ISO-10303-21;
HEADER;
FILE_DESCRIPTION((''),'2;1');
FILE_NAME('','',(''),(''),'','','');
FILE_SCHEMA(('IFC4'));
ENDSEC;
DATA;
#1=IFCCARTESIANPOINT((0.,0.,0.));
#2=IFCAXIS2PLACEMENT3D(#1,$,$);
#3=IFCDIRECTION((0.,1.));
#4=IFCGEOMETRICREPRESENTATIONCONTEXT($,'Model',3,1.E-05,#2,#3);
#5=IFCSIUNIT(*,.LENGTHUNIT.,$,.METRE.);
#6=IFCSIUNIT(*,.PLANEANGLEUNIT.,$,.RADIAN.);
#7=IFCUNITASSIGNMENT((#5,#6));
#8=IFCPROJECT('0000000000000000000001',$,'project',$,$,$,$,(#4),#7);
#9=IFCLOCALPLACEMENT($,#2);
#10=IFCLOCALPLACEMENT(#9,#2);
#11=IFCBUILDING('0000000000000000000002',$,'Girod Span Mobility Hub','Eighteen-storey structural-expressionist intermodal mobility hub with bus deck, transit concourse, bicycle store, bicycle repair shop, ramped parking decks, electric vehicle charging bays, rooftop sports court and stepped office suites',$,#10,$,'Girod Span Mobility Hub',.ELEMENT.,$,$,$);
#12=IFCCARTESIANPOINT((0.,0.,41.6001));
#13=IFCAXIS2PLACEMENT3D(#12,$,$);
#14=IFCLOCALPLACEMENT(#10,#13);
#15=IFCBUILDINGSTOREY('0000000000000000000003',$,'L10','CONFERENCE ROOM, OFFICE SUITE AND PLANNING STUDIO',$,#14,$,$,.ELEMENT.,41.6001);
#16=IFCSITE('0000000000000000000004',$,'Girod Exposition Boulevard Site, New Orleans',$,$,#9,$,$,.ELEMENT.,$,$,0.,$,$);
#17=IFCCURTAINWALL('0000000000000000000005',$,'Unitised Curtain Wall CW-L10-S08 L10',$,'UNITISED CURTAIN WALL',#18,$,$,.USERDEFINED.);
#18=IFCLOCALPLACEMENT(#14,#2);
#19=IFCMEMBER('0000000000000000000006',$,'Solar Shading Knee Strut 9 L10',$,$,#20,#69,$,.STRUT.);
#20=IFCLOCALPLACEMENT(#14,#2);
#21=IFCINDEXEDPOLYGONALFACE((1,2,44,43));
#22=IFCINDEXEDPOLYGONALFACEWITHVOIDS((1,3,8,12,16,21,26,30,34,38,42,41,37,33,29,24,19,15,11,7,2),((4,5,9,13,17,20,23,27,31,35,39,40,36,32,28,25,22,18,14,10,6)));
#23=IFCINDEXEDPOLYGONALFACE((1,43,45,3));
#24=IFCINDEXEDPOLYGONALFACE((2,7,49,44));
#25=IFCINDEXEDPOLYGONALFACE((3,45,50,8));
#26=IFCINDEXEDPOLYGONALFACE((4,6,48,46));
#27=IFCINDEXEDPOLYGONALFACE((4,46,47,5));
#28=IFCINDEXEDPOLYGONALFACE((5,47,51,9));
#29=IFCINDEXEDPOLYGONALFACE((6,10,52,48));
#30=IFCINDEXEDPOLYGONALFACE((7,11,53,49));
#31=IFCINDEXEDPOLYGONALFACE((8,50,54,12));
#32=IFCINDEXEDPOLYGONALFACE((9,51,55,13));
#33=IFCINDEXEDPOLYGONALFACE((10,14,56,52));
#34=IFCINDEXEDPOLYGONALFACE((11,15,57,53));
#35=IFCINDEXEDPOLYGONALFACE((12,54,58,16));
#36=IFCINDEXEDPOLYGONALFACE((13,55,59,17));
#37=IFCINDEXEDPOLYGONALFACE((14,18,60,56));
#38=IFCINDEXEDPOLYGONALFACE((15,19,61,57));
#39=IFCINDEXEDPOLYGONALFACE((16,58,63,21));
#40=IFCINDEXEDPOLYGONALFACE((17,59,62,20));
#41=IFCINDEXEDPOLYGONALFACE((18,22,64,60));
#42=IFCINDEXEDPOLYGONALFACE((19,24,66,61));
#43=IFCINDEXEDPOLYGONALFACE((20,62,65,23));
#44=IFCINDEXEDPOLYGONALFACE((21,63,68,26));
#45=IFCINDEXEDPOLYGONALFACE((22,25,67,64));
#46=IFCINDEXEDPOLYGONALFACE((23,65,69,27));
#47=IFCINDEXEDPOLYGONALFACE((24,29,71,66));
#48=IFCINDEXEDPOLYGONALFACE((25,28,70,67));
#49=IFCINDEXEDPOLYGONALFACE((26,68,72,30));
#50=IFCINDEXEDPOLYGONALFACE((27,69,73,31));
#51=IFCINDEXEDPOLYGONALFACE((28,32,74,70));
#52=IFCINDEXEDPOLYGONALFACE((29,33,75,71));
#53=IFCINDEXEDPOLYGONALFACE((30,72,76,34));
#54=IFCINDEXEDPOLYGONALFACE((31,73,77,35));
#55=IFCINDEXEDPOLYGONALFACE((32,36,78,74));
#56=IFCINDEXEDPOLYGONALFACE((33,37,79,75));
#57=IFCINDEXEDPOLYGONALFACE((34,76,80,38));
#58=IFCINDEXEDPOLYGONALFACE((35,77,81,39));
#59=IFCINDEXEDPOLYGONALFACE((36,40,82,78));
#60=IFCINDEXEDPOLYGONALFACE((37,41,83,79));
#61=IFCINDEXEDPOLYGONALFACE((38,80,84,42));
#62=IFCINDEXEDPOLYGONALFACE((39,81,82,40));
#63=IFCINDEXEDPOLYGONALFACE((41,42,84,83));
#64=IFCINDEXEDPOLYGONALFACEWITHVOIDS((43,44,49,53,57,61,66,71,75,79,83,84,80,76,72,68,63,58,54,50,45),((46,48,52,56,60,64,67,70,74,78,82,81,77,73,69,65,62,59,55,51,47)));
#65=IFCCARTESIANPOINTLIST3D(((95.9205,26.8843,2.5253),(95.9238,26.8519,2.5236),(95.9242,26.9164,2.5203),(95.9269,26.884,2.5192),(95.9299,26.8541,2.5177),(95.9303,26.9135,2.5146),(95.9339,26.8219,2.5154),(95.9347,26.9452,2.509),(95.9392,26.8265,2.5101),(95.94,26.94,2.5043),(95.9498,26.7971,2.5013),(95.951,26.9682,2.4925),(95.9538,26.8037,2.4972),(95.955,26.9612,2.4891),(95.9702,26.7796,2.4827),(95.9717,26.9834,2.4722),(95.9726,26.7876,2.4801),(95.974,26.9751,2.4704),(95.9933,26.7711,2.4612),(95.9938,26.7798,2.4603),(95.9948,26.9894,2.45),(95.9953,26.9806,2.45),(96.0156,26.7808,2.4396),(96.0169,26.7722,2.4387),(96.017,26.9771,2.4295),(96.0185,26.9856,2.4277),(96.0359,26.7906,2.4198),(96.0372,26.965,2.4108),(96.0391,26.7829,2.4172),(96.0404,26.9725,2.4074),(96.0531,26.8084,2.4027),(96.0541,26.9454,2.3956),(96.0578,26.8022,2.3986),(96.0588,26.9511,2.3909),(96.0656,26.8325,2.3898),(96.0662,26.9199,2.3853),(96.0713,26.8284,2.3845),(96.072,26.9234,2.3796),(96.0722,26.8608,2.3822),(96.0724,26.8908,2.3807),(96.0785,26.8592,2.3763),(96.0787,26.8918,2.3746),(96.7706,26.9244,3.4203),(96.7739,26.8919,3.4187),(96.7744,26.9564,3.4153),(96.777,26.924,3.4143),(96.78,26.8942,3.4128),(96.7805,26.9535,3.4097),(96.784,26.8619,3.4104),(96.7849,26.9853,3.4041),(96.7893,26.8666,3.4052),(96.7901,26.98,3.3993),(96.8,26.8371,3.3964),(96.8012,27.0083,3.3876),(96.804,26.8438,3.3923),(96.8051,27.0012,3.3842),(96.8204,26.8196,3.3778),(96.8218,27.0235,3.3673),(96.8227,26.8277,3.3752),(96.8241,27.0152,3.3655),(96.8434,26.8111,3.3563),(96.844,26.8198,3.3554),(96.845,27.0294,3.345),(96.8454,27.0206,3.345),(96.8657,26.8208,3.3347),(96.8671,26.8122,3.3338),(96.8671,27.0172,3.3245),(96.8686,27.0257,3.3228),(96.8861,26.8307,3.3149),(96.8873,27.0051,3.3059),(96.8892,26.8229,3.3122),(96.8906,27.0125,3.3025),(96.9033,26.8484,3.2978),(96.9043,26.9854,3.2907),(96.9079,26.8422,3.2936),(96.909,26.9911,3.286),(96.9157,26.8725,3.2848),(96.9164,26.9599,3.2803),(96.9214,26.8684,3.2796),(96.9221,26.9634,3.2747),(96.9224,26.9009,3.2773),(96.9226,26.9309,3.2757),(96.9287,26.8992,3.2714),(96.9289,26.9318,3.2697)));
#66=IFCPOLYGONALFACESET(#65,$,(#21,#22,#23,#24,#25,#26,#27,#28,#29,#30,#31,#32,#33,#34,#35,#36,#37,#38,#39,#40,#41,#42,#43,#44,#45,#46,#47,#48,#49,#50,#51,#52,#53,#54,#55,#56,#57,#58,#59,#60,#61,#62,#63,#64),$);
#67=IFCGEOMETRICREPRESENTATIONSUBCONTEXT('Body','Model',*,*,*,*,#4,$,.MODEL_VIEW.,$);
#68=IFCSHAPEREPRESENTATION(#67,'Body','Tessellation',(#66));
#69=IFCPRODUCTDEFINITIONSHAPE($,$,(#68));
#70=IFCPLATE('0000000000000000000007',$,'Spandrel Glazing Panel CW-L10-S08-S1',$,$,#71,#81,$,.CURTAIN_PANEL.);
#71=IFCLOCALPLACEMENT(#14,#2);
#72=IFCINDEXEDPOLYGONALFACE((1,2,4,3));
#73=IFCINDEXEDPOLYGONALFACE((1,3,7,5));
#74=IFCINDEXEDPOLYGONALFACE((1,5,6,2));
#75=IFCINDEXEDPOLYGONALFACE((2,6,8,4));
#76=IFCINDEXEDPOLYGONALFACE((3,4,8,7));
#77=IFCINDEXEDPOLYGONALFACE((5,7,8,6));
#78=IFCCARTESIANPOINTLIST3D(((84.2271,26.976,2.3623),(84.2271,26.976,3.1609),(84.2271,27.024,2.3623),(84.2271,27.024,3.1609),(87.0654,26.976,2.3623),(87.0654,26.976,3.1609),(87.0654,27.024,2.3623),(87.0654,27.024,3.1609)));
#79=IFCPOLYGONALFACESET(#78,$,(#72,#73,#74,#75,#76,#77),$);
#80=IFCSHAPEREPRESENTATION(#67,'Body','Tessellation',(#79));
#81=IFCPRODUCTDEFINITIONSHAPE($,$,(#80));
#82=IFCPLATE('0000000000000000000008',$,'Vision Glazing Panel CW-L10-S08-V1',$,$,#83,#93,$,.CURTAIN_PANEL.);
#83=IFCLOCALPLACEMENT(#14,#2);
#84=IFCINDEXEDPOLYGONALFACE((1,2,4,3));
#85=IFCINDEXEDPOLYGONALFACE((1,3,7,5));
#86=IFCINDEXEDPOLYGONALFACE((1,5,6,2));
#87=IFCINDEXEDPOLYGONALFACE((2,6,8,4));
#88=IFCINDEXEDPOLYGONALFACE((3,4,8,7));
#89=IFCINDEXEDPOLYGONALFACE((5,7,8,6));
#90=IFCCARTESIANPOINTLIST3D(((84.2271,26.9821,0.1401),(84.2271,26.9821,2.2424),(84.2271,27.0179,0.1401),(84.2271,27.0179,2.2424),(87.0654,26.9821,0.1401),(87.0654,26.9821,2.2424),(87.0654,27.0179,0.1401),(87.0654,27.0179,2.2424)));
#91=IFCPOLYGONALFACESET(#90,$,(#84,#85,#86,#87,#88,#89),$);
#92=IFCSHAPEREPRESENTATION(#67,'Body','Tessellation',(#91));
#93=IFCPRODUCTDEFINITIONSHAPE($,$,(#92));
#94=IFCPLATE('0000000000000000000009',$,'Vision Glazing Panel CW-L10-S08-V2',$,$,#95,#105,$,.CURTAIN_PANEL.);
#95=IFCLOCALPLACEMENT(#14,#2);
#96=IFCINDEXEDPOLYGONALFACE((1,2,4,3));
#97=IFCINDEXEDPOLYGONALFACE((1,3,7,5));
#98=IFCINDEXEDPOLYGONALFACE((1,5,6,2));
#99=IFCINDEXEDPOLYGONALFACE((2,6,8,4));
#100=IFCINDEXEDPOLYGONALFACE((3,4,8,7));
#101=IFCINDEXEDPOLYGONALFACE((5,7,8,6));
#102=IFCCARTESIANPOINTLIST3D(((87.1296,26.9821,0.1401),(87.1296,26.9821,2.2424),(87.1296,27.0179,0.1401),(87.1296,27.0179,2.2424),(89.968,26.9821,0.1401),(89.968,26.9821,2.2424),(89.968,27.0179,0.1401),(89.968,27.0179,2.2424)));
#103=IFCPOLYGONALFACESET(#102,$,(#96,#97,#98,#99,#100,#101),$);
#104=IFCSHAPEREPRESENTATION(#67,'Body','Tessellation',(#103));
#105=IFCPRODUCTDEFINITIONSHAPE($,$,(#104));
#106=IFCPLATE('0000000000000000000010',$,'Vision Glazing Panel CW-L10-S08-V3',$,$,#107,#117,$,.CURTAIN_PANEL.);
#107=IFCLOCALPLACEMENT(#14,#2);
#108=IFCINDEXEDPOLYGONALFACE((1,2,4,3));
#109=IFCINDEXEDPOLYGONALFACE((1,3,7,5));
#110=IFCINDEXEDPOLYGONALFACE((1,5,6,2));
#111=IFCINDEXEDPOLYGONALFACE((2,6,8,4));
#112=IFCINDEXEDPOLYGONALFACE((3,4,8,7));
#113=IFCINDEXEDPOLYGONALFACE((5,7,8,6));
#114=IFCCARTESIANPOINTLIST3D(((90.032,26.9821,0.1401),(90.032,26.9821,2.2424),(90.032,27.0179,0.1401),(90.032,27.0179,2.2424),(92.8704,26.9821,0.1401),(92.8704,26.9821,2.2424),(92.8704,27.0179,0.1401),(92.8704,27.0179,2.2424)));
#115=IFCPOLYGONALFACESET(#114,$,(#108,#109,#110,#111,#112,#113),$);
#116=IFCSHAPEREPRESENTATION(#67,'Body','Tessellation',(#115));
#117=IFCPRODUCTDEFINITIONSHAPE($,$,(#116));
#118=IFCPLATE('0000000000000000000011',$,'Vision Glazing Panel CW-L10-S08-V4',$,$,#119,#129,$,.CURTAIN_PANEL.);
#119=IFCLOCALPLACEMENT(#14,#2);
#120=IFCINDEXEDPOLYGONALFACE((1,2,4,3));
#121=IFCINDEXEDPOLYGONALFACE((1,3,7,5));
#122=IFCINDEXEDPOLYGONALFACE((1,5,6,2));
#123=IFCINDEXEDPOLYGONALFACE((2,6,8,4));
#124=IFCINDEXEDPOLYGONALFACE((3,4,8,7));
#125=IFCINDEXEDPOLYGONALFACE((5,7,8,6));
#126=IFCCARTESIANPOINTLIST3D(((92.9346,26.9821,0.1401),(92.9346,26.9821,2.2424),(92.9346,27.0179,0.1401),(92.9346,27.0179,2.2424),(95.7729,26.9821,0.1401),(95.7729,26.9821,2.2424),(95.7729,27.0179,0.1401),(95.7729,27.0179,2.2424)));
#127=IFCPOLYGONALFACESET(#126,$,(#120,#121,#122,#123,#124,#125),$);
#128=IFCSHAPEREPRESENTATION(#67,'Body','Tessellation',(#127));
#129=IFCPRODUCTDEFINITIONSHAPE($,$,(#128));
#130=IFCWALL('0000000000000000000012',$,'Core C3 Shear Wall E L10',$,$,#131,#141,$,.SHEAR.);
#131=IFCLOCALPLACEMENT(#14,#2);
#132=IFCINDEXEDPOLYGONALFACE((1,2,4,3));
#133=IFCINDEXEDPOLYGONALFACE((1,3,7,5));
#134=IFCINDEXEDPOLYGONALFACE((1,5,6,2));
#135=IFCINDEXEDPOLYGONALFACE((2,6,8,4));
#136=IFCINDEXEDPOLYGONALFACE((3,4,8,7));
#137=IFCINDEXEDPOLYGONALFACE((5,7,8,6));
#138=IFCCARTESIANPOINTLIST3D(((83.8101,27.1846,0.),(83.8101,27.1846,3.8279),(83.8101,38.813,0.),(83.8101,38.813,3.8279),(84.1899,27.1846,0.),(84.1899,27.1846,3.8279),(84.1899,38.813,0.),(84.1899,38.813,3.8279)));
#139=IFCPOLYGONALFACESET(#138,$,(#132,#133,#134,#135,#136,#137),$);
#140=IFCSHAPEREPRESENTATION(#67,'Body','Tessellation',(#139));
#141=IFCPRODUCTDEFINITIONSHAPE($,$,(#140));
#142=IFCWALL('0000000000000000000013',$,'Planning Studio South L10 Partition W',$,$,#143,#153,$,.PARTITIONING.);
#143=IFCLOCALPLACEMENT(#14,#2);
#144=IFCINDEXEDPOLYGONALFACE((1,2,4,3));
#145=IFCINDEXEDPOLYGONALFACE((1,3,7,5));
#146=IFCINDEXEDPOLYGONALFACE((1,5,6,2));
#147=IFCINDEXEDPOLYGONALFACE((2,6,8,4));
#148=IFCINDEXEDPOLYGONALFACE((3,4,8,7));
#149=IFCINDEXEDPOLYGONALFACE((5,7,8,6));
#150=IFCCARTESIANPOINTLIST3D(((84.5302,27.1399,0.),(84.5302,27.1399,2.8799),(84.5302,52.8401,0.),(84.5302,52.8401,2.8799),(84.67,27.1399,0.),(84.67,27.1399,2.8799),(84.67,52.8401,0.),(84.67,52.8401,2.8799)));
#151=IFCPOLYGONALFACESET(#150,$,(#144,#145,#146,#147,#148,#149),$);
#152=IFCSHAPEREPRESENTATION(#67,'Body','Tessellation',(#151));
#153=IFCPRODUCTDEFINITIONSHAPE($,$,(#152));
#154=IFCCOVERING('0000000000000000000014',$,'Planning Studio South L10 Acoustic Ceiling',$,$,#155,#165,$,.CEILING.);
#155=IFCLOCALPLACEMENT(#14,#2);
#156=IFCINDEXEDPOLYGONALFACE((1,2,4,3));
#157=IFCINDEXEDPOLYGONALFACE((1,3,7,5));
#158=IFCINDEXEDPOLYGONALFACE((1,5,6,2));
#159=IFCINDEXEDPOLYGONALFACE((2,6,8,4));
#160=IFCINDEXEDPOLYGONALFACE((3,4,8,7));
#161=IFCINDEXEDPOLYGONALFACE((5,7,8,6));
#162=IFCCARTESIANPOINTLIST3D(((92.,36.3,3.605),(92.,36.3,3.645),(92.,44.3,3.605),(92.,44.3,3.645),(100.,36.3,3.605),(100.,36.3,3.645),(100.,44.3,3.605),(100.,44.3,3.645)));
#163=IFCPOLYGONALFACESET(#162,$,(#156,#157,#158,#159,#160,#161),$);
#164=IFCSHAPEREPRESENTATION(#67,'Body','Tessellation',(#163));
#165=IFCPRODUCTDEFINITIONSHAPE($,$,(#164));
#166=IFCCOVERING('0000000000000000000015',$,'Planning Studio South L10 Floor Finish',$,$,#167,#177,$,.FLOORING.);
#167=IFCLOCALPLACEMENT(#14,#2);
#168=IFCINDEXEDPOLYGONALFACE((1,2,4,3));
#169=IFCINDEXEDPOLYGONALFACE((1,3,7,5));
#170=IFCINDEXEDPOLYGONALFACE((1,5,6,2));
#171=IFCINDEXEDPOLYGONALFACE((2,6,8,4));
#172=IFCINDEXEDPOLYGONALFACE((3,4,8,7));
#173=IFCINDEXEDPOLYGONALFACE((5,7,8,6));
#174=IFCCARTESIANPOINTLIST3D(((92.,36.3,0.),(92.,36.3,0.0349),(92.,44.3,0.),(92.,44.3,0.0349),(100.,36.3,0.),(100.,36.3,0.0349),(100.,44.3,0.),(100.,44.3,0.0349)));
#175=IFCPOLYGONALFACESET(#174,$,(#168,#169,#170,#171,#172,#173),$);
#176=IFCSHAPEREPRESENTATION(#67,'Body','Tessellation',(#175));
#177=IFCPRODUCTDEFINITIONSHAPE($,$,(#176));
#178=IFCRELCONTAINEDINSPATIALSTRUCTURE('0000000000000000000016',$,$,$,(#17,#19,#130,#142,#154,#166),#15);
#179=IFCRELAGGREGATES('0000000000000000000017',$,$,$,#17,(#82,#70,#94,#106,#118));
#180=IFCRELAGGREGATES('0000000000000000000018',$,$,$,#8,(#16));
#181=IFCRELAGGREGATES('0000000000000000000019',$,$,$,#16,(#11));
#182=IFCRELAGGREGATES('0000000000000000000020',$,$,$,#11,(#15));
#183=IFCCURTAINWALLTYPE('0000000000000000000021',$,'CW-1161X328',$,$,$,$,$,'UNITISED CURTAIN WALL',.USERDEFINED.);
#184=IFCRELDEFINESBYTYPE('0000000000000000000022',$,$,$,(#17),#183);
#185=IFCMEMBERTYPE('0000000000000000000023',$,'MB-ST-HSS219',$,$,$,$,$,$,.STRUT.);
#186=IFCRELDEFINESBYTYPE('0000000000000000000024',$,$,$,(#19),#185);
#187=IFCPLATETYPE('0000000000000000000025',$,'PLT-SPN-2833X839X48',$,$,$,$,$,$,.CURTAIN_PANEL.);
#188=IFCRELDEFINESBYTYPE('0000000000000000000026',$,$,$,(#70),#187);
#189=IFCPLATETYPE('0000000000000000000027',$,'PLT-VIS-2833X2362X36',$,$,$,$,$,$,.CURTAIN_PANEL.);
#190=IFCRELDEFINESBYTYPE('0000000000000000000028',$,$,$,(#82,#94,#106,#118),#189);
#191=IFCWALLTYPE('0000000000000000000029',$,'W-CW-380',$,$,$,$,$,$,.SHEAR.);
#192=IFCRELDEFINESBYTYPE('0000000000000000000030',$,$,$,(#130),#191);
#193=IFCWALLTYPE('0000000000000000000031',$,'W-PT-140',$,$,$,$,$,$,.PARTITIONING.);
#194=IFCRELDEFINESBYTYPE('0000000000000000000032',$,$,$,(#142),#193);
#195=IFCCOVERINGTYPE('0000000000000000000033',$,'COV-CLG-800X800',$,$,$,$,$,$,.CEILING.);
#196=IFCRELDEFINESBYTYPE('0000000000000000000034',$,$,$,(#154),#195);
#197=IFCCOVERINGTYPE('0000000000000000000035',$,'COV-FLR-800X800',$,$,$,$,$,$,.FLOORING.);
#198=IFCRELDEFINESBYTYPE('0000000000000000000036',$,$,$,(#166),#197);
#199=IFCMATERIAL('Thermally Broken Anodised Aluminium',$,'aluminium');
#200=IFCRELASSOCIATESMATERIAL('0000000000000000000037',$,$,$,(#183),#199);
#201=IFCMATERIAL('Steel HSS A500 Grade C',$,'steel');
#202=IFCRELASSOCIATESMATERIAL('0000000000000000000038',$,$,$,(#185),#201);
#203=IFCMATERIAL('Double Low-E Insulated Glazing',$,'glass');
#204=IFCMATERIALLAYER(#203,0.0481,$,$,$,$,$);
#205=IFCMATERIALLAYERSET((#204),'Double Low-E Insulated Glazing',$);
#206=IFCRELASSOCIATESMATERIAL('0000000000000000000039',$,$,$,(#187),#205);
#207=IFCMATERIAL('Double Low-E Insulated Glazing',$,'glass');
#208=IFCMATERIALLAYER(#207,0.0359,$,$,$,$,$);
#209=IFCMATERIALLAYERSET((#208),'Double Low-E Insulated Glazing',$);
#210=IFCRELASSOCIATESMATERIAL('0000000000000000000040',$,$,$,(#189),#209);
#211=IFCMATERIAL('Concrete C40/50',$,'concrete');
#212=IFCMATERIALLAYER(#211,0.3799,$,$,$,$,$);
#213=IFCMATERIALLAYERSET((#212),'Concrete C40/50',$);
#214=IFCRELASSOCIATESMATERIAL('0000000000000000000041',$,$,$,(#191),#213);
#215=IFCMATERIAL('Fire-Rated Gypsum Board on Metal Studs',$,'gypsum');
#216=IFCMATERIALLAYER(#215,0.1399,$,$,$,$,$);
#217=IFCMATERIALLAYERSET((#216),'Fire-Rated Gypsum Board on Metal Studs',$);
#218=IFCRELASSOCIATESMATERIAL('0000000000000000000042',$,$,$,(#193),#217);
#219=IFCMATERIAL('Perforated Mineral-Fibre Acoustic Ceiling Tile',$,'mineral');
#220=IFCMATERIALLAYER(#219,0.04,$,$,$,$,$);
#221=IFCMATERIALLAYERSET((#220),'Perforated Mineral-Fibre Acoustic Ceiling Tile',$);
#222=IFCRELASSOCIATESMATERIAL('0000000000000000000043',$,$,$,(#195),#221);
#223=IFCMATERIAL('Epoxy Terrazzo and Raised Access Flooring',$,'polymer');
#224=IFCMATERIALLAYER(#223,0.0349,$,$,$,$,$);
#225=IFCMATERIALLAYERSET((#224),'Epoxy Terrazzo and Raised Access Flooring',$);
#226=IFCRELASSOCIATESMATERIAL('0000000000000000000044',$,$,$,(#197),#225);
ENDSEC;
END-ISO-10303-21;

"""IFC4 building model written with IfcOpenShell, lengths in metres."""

from ifc_helpers import new_model, si_unit, direction, frame, frame_2d, origin, origin_2d, place, context, subcontext, project, spatial, rectangle, hollow_circle, extrude, material, layer, layer_set, material_profile, profile_set, type_object, element, aggregate, save


model = new_model("IFC4")

# Units and contexts
model_context = context("Model", 3, precision=1e-05, world=origin(), true_north=direction((0.0, 1.0)))
body_context = subcontext(model_context, "Body", "Model", "MODEL_VIEW")
ifc_project = project(units=[si_unit("LENGTHUNIT", "METRE"), si_unit("PLANEANGLEUNIT", "RADIAN")], contexts=[model_context])

# Site, building, storey
site_placement = place(None, origin())
site = spatial("IfcSite", under=ifc_project, at=site_placement, Name="Girod Exposition Boulevard Site, New Orleans", CompositionType="ELEMENT", RefElevation=0.0)
building_placement = place(site_placement, origin())
building = spatial("IfcBuilding", under=site, at=building_placement, Name="Girod Span Mobility Hub", Description="Eighteen-storey structural-expressionist intermodal mobility hub with bus deck, transit concourse, bicycle store, bicycle repair shop, ramped parking decks, electric vehicle charging bays, rooftop sports court and stepped office suites", LongName="Girod Span Mobility Hub", CompositionType="ELEMENT")
storey_placement = place(building_placement, frame((0.0, 0.0, 41.6001)))
storey = spatial("IfcBuildingStorey", under=building, at=storey_placement, Name="L10", Description="CONFERENCE ROOM, OFFICE SUITE AND PLANNING STUDIO", CompositionType="ELEMENT", Elevation=41.6001)

# Curtain wall
ifc_material_1 = material(Name="Thermally Broken Anodised Aluminium", Category="aluminium")
curtain_wall_type = type_object("IfcCurtainWallType", Name="CW-1161X328", ElementType="UNITISED CURTAIN WALL", PredefinedType="USERDEFINED", material=ifc_material_1)
curtain_wall_placement = place(storey_placement, origin())
curtain_wall = element("IfcCurtainWall", 1, at=curtain_wall_placement, inside=storey, type_object=curtain_wall_type, Name="Unitised Curtain Wall CW-L10-S08 L10", ObjectType="UNITISED CURTAIN WALL", PredefinedType="USERDEFINED")

# Member
ifc_material_2 = material(Name="Steel HSS A500 Grade C", Category="steel")
ifc_material_profile_1 = material_profile(ifc_material_2, hollow_circle(Radius=0.1096, WallThickness=0.0088, at=origin_2d()), Name="HSS219X9.5")
ifc_profile_set_1 = profile_set([ifc_material_profile_1], Name="Steel HSS A500 Grade C")
member_type_1 = type_object("IfcMemberType", Name="MB-ST-HSS219", PredefinedType="STRUT", material=ifc_profile_set_1)
for number, where, z_axis, x_axis, name in (
    (2, (96.0, 26.8799, 2.45), (0.688315, 0.032419, 0.724687), (-0.047047, 0.998893, 0.0), "Solar Shading Knee Strut 9 L10"),
):
    element("IfcMember", number, at=place(storey_placement, frame(where, z_axis=z_axis, x_axis=x_axis)), inside=storey, type_object=member_type_1, Name=name, PredefinedType="STRUT", context=body_context, shape_type="SweptSolid", body=[
        extrude(hollow_circle(Radius=0.1096, WallThickness=0.0088, at=origin_2d()), origin(), (0.0, 0.0, 1.0), 1.2351),
    ])

# Plates
ifc_material_3 = material(Name="Double Low-E Insulated Glazing", Category="glass")
ifc_layer_1 = layer(ifc_material_3, 0.0481)
ifc_layer_set_1 = layer_set([ifc_layer_1], Name="Double Low-E Insulated Glazing")
plate_type_1 = type_object("IfcPlateType", Name="PLT-SPN-2833X839X48", PredefinedType="CURTAIN_PANEL", material=ifc_layer_set_1)
plate_1_placement = place(storey_placement, frame((85.6462, 27.0, 2.3623), z_axis=(0.0, 0.0, 1.0), x_axis=(1.0, 0.0, 0.0)))
plate_1 = element("IfcPlate", 3, at=plate_1_placement, type_object=plate_type_1, Name="Spandrel Glazing Panel CW-L10-S08-S1", PredefinedType="CURTAIN_PANEL", context=body_context, shape_type="SweptSolid", body=[
    extrude(rectangle(XDim=2.8384, YDim=0.0481, at=origin_2d()), origin(), (0.0, 0.0, 1.0), 0.7986),
])
ifc_material_4 = material(Name="Double Low-E Insulated Glazing", Category="glass")
ifc_layer_2 = layer(ifc_material_4, 0.0359)
ifc_layer_set_2 = layer_set([ifc_layer_2], Name="Double Low-E Insulated Glazing")
plate_type_2 = type_object("IfcPlateType", Name="PLT-VIS-2833X2362X36", PredefinedType="CURTAIN_PANEL", material=ifc_layer_set_2)
plate_2_placement = place(storey_placement, frame((85.6462, 27.0, 0.1401), z_axis=(0.0, 0.0, 1.0), x_axis=(1.0, 0.0, 0.0)))
plate_2 = element("IfcPlate", 4, at=plate_2_placement, type_object=plate_type_2, Name="Vision Glazing Panel CW-L10-S08-V1", PredefinedType="CURTAIN_PANEL", context=body_context, shape_type="SweptSolid", body=[
    extrude(rectangle(XDim=2.8384, YDim=0.0359, at=origin_2d()), origin(), (0.0, 0.0, 1.0), 2.1023),
])
plate_3_placement = place(storey_placement, frame((88.5488, 27.0, 0.1401), z_axis=(0.0, 0.0, 1.0), x_axis=(1.0, 0.0, 0.0)))
plate_3 = element("IfcPlate", 5, at=plate_3_placement, type_object=plate_type_2, Name="Vision Glazing Panel CW-L10-S08-V2", PredefinedType="CURTAIN_PANEL", context=body_context, shape_type="SweptSolid", body=[
    extrude(rectangle(XDim=2.8384, YDim=0.0359, at=origin_2d()), origin(), (0.0, 0.0, 1.0), 2.1023),
])
plate_4_placement = place(storey_placement, frame((91.4512, 27.0, 0.1401), z_axis=(0.0, 0.0, 1.0), x_axis=(1.0, 0.0, 0.0)))
plate_4 = element("IfcPlate", 6, at=plate_4_placement, type_object=plate_type_2, Name="Vision Glazing Panel CW-L10-S08-V3", PredefinedType="CURTAIN_PANEL", context=body_context, shape_type="SweptSolid", body=[
    extrude(rectangle(XDim=2.8384, YDim=0.0359, at=origin_2d()), origin(), (0.0, 0.0, 1.0), 2.1023),
])
plate_5_placement = place(storey_placement, frame((94.3538, 27.0, 0.1401), z_axis=(0.0, 0.0, 1.0), x_axis=(1.0, 0.0, 0.0)))
plate_5 = element("IfcPlate", 7, at=plate_5_placement, type_object=plate_type_2, Name="Vision Glazing Panel CW-L10-S08-V4", PredefinedType="CURTAIN_PANEL", context=body_context, shape_type="SweptSolid", body=[
    extrude(rectangle(XDim=2.8384, YDim=0.0359, at=origin_2d()), origin(), (0.0, 0.0, 1.0), 2.1023),
])
aggregate(curtain_wall, [plate_2, plate_1, plate_3, plate_4, plate_5])

# Walls
ifc_material_5 = material(Name="Concrete C40/50", Category="concrete")
ifc_layer_3 = layer(ifc_material_5, 0.3799)
ifc_layer_set_3 = layer_set([ifc_layer_3], Name="Concrete C40/50")
wall_type_1 = type_object("IfcWallType", Name="W-CW-380", PredefinedType="SHEAR", material=ifc_layer_set_3)
wall_1_placement = place(storey_placement, frame((84.0, 27.1846, 0.0), z_axis=(0.0, 0.0, 1.0), x_axis=(0.0, 1.0, 0.0)))
element("IfcWall", 8, at=wall_1_placement, inside=storey, type_object=wall_type_1, Name="Core C3 Shear Wall E L10", PredefinedType="SHEAR", context=body_context, shape_type="SweptSolid", body=[
    extrude(rectangle(XDim=11.6284, YDim=0.3799, at=frame_2d((5.8142, 0.0))), origin(), (0.0, 0.0, 1.0), 3.8279),
])
ifc_material_6 = material(Name="Fire-Rated Gypsum Board on Metal Studs", Category="gypsum")
ifc_layer_4 = layer(ifc_material_6, 0.1399)
ifc_layer_set_4 = layer_set([ifc_layer_4], Name="Fire-Rated Gypsum Board on Metal Studs")
wall_type_2 = type_object("IfcWallType", Name="W-PT-140", PredefinedType="PARTITIONING", material=ifc_layer_set_4)
wall_2_placement = place(storey_placement, frame((84.6001, 27.1399, 0.0), z_axis=(0.0, 0.0, 1.0), x_axis=(0.0, 1.0, 0.0)))
element("IfcWall", 9, at=wall_2_placement, inside=storey, type_object=wall_type_2, Name="Planning Studio South L10 Partition W", PredefinedType="PARTITIONING", context=body_context, shape_type="SweptSolid", body=[
    extrude(rectangle(XDim=25.7002, YDim=0.1399, at=frame_2d((12.8501, 0.0))), origin(), (0.0, 0.0, 1.0), 2.8799),
])

# Coverings
ifc_material_7 = material(Name="Perforated Mineral-Fibre Acoustic Ceiling Tile", Category="mineral")
ifc_layer_5 = layer(ifc_material_7, 0.04)
ifc_layer_set_5 = layer_set([ifc_layer_5], Name="Perforated Mineral-Fibre Acoustic Ceiling Tile")
covering_type_1 = type_object("IfcCoveringType", Name="COV-CLG-800X800", PredefinedType="CEILING", material=ifc_layer_set_5)
covering_1_placement = place(storey_placement, frame((96.0, 40.3, 3.605), z_axis=(0.0, 0.0, 1.0), x_axis=(1.0, 0.0, 0.0)))
element("IfcCovering", 10, at=covering_1_placement, inside=storey, type_object=covering_type_1, Name="Planning Studio South L10 Acoustic Ceiling", PredefinedType="CEILING", context=body_context, shape_type="SweptSolid", body=[
    extrude(rectangle(XDim=8.0, YDim=8.0, at=origin_2d()), origin(), (0.0, 0.0, 1.0), 0.04),
])
ifc_material_8 = material(Name="Epoxy Terrazzo and Raised Access Flooring", Category="polymer")
ifc_layer_6 = layer(ifc_material_8, 0.0349)
ifc_layer_set_6 = layer_set([ifc_layer_6], Name="Epoxy Terrazzo and Raised Access Flooring")
covering_type_2 = type_object("IfcCoveringType", Name="COV-FLR-800X800", PredefinedType="FLOORING", material=ifc_layer_set_6)
covering_2_placement = place(storey_placement, frame((96.0, 40.3, 0.0), z_axis=(0.0, 0.0, 1.0), x_axis=(1.0, 0.0, 0.0)))
element("IfcCovering", 11, at=covering_2_placement, inside=storey, type_object=covering_type_2, Name="Planning Studio South L10 Floor Finish", PredefinedType="FLOORING", context=body_context, shape_type="SweptSolid", body=[
    extrude(rectangle(XDim=8.0, YDim=8.0, at=origin_2d()), origin(), (0.0, 0.0, 1.0), 0.0349),
])

save(model, "model.ifc")
